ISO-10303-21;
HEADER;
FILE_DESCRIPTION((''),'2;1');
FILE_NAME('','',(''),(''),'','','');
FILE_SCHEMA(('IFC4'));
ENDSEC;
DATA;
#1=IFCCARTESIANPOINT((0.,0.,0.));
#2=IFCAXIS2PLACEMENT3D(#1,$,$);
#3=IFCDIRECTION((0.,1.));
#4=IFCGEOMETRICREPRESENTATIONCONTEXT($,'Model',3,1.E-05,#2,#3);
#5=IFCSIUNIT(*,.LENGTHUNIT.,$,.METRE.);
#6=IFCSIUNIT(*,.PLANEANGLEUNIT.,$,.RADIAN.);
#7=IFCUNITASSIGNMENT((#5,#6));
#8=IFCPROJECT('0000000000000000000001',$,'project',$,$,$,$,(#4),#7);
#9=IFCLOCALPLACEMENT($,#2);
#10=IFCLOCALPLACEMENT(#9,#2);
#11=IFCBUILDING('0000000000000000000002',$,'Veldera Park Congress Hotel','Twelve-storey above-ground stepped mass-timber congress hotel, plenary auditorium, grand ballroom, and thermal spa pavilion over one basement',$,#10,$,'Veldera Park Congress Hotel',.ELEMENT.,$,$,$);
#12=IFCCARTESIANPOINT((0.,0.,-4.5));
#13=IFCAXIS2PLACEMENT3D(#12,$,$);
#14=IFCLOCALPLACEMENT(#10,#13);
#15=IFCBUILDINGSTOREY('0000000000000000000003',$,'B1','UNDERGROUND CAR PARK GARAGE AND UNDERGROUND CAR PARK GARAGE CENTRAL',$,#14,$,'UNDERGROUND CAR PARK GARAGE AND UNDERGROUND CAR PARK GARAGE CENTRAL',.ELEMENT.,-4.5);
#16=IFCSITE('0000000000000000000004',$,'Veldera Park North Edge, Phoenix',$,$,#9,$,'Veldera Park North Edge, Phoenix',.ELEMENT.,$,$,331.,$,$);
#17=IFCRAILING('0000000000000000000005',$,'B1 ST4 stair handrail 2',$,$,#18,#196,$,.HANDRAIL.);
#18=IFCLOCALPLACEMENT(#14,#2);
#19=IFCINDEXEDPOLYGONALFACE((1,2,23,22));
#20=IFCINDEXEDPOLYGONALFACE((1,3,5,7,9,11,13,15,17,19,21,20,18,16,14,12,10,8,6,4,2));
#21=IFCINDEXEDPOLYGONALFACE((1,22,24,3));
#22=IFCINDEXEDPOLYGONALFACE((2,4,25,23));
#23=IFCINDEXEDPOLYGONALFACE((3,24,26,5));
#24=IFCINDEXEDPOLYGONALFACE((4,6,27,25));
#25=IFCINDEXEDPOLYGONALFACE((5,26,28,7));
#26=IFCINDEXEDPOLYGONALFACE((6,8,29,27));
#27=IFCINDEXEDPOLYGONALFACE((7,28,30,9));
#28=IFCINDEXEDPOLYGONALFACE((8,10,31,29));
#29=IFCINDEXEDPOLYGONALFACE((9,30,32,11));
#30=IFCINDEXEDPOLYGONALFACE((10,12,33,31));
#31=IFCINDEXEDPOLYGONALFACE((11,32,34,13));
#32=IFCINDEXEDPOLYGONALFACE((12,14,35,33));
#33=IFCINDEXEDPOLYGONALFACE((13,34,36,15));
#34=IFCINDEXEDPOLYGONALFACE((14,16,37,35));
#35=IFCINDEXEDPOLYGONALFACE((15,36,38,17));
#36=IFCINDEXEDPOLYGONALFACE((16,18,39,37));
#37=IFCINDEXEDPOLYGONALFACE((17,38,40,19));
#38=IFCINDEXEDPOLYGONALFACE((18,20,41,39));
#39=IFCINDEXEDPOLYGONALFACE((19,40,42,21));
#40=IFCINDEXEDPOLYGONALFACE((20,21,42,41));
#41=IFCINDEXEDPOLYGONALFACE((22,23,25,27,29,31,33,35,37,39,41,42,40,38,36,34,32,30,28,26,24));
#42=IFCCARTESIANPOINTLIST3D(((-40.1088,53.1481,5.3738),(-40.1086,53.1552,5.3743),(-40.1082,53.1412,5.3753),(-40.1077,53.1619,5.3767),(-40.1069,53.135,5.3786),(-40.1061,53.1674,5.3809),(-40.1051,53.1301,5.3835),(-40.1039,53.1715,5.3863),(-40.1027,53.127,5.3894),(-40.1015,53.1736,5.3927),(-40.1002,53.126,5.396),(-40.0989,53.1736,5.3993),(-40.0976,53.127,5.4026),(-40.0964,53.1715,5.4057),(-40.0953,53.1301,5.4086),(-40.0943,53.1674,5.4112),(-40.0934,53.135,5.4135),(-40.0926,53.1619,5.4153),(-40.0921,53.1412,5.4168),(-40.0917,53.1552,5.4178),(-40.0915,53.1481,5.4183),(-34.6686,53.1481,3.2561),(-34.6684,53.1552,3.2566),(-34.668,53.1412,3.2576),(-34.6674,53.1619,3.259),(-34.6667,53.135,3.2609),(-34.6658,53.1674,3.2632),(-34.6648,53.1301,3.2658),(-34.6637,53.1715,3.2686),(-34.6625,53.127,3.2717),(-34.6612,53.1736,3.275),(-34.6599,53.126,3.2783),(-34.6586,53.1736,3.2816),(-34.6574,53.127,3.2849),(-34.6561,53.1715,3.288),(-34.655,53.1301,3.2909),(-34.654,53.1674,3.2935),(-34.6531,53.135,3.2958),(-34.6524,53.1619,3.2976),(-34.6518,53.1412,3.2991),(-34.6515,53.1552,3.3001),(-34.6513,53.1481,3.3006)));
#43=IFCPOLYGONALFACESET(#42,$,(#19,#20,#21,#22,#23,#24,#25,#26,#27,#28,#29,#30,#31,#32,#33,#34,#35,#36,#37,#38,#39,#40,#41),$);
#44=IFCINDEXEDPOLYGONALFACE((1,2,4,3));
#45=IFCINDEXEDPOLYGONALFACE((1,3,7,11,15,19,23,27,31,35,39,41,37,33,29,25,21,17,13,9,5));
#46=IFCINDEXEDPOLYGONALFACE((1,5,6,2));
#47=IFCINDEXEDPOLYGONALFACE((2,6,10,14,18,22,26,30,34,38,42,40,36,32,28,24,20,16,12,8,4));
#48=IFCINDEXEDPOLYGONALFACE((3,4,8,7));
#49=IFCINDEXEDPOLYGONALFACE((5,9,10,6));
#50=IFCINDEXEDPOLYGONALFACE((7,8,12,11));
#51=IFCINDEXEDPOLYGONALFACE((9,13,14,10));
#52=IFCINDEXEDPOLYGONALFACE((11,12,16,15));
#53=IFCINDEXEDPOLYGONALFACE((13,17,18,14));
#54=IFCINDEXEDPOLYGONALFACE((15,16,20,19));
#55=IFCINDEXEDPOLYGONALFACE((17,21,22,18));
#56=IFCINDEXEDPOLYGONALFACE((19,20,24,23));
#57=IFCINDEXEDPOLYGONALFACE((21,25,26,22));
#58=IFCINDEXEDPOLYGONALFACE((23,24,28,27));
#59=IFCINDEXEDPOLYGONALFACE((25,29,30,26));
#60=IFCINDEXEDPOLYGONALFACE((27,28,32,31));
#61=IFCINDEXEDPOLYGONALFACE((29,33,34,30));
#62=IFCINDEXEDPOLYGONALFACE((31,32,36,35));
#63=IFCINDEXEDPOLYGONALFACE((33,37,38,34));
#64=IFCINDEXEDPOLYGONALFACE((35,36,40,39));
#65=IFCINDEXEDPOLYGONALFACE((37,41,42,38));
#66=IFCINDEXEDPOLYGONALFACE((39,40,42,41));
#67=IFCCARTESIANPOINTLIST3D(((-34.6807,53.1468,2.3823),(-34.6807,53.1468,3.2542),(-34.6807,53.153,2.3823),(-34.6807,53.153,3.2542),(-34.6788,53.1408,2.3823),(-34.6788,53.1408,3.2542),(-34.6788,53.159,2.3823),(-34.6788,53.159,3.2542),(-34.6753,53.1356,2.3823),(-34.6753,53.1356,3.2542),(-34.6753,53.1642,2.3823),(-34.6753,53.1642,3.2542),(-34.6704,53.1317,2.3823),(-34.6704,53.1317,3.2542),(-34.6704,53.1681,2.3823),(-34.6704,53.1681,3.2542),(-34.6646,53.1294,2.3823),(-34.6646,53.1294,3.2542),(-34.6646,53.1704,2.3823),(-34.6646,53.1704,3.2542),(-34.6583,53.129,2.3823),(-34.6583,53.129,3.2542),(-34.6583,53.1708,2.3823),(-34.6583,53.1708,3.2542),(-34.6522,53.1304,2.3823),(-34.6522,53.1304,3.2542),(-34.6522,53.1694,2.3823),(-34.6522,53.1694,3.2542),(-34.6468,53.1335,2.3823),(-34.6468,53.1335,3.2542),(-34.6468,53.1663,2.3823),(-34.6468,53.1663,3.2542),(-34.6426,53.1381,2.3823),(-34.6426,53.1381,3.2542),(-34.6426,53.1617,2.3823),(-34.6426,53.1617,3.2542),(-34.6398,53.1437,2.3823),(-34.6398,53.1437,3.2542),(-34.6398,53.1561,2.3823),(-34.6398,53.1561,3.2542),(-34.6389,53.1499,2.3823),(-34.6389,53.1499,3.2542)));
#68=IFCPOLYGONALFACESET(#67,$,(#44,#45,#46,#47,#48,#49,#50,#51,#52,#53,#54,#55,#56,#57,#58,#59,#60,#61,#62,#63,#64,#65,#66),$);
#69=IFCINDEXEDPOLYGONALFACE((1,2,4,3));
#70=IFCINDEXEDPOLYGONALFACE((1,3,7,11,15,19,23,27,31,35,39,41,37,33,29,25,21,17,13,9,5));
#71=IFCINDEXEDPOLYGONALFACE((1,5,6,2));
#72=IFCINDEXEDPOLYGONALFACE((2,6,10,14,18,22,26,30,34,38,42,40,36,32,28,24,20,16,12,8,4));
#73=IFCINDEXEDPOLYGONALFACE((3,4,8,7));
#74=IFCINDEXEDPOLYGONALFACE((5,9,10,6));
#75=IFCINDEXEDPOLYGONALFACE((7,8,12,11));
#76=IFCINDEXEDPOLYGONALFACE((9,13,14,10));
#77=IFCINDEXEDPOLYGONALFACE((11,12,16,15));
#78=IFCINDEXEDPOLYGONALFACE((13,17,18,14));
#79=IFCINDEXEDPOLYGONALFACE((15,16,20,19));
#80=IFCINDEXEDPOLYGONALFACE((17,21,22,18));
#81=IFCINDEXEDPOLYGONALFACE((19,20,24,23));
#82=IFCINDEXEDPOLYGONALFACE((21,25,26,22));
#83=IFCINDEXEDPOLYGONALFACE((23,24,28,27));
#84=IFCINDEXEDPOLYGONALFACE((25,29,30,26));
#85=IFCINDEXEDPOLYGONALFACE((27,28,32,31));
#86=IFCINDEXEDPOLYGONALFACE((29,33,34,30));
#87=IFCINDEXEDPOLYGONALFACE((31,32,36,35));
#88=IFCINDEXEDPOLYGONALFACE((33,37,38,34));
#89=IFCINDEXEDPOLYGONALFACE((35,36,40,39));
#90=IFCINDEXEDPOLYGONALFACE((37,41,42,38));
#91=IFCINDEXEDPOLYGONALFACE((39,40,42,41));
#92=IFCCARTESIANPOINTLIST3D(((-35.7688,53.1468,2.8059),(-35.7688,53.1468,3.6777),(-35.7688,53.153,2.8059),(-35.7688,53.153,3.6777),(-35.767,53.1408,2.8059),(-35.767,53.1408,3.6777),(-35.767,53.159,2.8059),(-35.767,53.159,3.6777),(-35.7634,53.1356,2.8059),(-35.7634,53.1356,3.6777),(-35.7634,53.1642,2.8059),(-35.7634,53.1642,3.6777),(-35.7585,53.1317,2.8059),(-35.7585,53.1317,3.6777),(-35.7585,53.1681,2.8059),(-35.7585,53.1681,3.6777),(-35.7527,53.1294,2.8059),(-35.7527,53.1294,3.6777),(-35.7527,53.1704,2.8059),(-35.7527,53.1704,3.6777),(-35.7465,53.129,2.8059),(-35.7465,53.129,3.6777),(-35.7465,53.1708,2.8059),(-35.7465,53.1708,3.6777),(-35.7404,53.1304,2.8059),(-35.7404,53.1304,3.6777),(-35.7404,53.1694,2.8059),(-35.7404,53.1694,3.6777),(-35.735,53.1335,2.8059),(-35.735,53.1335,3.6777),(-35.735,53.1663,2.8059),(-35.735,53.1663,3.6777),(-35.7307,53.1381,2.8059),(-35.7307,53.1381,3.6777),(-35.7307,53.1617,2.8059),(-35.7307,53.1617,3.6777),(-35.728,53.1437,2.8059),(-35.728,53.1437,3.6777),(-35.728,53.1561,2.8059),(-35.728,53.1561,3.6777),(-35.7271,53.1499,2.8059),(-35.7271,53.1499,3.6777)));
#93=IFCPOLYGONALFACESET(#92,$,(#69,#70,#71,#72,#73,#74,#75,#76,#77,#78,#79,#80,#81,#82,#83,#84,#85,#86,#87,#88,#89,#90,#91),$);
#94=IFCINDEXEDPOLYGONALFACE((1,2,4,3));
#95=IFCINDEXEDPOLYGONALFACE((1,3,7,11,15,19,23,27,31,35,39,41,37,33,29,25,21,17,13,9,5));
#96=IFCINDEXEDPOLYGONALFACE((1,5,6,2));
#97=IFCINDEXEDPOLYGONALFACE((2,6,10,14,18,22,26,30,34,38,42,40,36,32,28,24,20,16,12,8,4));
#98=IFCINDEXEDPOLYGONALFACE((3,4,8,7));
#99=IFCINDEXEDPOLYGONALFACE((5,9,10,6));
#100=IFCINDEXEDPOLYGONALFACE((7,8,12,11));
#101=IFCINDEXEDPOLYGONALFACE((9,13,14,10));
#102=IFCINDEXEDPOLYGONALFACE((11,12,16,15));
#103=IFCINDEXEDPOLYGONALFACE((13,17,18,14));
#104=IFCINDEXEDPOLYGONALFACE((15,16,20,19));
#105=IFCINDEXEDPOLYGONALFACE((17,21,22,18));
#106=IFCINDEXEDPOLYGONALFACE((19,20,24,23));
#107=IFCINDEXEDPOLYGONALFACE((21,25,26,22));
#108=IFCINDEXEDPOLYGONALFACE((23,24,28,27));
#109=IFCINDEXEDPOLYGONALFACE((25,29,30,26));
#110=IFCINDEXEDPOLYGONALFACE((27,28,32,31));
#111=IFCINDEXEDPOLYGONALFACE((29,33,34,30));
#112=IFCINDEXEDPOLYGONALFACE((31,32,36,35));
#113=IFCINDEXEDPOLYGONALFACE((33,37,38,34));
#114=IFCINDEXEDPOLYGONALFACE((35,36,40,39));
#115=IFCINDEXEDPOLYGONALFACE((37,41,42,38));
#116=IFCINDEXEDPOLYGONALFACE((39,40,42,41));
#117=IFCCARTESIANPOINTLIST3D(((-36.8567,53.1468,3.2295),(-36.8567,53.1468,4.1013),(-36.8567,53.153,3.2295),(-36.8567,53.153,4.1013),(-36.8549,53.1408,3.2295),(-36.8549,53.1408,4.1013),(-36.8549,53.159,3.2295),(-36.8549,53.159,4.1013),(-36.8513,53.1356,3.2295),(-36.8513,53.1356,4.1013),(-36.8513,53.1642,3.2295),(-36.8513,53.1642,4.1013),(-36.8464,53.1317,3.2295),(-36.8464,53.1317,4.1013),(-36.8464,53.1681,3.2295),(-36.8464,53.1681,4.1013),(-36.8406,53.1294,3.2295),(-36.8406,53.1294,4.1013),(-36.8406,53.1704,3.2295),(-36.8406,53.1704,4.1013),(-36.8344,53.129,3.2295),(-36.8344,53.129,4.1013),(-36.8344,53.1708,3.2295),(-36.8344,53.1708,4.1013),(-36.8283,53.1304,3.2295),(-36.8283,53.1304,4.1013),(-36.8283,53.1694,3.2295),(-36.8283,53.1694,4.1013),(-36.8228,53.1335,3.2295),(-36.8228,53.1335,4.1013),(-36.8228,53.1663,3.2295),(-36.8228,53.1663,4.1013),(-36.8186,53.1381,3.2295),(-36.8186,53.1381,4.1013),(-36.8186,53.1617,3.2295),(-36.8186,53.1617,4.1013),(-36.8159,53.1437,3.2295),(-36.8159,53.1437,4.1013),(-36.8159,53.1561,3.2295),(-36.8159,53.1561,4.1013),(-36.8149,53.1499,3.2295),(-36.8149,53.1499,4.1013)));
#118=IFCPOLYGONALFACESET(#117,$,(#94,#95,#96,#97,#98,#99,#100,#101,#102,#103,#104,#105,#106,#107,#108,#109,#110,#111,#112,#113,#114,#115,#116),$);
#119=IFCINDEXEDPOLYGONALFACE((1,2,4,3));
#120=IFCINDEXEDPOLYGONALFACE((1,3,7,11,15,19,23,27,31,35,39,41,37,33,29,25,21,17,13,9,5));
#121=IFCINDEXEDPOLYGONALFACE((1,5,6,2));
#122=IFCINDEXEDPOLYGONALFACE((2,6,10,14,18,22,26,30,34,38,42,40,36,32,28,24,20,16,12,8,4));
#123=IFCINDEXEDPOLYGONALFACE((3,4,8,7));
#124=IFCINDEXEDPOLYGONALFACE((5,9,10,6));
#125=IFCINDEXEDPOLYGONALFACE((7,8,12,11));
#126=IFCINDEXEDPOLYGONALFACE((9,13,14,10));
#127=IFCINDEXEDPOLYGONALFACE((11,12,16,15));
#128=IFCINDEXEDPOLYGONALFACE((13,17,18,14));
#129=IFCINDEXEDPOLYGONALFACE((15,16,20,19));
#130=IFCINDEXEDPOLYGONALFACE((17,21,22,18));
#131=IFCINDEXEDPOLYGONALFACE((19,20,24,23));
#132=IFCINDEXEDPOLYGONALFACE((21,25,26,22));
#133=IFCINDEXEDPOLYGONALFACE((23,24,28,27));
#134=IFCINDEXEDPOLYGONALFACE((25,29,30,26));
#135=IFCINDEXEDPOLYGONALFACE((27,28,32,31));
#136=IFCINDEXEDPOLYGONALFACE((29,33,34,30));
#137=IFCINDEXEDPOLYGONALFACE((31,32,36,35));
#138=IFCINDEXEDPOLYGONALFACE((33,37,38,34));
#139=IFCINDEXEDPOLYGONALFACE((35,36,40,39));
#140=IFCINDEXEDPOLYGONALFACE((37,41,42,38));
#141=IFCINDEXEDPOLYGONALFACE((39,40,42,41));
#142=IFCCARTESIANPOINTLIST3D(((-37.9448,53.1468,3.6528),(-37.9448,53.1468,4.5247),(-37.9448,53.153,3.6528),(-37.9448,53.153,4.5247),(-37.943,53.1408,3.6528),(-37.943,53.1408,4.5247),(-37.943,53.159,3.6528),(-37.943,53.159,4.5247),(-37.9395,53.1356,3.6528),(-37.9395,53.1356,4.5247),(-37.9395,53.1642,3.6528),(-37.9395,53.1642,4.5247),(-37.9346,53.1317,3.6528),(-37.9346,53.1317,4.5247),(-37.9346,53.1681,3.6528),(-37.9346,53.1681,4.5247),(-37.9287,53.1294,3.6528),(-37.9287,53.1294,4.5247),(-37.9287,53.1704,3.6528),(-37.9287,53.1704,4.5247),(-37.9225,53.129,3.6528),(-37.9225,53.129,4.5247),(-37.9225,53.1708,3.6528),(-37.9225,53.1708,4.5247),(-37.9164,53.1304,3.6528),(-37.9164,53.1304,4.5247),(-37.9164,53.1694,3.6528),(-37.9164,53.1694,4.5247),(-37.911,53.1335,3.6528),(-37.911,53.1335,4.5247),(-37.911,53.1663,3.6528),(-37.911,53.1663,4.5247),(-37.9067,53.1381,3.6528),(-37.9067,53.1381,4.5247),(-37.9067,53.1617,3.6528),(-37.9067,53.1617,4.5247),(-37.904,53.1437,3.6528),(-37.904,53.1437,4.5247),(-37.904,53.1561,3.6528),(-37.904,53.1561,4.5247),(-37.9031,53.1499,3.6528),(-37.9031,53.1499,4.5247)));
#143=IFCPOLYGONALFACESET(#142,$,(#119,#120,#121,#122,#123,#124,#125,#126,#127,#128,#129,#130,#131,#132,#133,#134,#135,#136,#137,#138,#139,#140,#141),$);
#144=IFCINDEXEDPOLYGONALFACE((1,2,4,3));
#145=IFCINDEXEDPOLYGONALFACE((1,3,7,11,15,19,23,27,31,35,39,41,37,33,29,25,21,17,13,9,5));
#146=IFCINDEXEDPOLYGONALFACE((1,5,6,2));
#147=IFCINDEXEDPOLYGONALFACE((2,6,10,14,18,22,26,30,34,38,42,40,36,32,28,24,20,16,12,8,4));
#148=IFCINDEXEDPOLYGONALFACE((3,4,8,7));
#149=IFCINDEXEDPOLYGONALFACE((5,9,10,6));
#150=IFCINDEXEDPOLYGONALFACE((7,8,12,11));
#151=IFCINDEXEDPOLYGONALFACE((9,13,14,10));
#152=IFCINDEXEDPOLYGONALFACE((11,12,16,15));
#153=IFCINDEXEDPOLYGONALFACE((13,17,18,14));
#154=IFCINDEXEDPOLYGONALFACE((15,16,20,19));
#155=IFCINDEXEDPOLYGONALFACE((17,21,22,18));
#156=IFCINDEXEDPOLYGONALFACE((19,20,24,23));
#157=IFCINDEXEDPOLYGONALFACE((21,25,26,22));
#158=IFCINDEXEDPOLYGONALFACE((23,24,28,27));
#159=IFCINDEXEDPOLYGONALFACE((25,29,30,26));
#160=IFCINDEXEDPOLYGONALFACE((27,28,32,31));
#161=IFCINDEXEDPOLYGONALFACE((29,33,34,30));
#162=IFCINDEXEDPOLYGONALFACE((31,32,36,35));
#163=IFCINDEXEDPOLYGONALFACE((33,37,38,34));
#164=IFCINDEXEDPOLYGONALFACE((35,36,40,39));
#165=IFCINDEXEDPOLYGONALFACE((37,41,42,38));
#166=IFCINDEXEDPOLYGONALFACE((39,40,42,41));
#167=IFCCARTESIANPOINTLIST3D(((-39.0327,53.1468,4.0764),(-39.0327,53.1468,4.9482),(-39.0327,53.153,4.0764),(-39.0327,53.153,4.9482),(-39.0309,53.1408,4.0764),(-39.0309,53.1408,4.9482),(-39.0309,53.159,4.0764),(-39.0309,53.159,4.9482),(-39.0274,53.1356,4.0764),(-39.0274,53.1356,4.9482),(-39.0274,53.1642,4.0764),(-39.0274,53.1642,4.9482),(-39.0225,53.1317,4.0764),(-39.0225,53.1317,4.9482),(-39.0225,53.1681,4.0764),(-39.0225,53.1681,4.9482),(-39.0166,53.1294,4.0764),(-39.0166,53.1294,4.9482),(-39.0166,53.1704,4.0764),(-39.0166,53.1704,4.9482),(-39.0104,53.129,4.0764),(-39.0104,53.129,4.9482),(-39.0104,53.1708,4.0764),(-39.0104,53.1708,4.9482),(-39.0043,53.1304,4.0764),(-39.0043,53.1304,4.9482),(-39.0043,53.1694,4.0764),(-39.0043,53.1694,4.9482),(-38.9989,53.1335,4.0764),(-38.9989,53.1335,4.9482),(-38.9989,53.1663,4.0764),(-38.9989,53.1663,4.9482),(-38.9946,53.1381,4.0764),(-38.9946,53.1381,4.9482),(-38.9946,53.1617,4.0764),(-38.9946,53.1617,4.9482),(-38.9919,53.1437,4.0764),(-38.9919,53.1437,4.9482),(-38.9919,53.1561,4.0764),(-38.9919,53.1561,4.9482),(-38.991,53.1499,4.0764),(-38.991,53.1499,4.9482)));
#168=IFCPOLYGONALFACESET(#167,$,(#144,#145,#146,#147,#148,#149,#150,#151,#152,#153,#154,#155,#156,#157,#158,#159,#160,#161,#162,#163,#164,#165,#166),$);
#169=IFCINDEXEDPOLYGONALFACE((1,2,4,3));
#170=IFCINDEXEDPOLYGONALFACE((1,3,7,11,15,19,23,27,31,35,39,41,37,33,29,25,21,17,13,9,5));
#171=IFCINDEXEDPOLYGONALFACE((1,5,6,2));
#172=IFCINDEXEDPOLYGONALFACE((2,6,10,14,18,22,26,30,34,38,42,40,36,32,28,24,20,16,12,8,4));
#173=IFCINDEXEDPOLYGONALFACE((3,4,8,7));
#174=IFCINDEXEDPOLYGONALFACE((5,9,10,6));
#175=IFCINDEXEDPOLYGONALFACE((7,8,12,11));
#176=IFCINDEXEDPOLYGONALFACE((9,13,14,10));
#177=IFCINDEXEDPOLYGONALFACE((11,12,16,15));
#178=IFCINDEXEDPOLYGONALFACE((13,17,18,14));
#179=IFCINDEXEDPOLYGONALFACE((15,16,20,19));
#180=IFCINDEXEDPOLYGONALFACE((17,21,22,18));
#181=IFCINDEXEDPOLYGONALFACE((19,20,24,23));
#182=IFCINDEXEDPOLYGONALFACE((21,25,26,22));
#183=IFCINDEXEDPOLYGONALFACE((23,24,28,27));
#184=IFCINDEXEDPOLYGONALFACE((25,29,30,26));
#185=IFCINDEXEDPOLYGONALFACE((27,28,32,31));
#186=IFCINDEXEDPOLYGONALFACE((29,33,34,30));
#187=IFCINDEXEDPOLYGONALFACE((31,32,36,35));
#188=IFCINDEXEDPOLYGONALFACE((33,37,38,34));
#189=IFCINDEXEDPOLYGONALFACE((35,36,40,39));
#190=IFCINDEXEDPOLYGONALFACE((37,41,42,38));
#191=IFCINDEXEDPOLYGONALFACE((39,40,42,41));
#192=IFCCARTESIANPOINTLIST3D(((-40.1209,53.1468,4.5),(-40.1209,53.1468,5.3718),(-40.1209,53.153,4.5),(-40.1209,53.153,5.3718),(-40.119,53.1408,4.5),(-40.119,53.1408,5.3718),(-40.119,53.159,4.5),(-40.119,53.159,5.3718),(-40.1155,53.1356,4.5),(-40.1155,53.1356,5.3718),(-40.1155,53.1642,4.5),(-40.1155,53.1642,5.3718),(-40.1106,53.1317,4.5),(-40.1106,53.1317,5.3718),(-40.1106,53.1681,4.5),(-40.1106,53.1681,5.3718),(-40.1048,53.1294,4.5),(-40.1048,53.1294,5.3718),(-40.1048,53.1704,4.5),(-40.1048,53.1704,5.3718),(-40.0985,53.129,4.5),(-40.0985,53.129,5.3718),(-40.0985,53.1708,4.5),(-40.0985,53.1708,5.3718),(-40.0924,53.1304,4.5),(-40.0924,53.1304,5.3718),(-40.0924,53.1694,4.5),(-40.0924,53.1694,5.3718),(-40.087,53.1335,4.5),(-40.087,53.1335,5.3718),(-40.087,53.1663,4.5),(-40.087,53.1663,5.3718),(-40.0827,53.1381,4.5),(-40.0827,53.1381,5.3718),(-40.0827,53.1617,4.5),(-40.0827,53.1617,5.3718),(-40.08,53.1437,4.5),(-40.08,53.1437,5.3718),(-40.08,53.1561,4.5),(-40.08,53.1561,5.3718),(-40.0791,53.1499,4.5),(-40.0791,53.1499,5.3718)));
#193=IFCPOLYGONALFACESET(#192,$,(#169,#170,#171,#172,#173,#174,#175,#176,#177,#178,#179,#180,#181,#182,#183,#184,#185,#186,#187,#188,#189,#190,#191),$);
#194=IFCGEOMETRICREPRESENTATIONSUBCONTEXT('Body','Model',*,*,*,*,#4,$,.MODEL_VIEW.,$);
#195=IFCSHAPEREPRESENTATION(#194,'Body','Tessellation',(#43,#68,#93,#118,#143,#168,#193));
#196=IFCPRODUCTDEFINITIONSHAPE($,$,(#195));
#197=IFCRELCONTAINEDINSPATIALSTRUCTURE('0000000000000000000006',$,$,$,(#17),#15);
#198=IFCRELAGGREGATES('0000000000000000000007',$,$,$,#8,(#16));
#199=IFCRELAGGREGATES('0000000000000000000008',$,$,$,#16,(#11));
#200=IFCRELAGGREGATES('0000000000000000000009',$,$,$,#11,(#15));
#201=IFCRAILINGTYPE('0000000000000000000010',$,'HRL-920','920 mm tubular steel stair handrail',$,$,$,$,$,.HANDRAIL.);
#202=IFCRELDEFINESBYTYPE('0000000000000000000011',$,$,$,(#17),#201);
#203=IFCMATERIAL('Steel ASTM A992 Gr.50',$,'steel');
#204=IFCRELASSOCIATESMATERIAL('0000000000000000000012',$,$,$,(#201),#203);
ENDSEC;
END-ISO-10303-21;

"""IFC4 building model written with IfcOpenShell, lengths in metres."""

from ifc_helpers import new_model, si_unit, direction, frame, origin, origin_2d, place, context, subcontext, project, spatial, circle, extrude, material, type_object, element, save


model = new_model("IFC4")

# Units and contexts
model_context = context("Model", 3, precision=1e-05, world=origin(), true_north=direction((0.0, 1.0)))
body_context = subcontext(model_context, "Body", "Model", "MODEL_VIEW")
ifc_project = project(units=[si_unit("LENGTHUNIT", "METRE"), si_unit("PLANEANGLEUNIT", "RADIAN")], contexts=[model_context])

# Site, building, storey
site_placement = place(None, origin())
site = spatial("IfcSite", under=ifc_project, at=site_placement, Name="Veldera Park North Edge, Phoenix", LongName="Veldera Park North Edge, Phoenix", CompositionType="ELEMENT", RefElevation=331.0)
building_placement = place(site_placement, origin())
building = spatial("IfcBuilding", under=site, at=building_placement, Name="Veldera Park Congress Hotel", Description="Twelve-storey above-ground stepped mass-timber congress hotel, plenary auditorium, grand ballroom, and thermal spa pavilion over one basement", LongName="Veldera Park Congress Hotel", CompositionType="ELEMENT")
storey_placement = place(building_placement, frame((0.0, 0.0, -4.5)))
storey = spatial("IfcBuildingStorey", under=building, at=storey_placement, Name="B1", Description="UNDERGROUND CAR PARK GARAGE AND UNDERGROUND CAR PARK GARAGE CENTRAL", LongName="UNDERGROUND CAR PARK GARAGE AND UNDERGROUND CAR PARK GARAGE CENTRAL", CompositionType="ELEMENT", Elevation=-4.5)

# Railing
ifc_material_1 = material(Name="Steel ASTM A992 Gr.50", Category="steel")
railing_type_1 = type_object("IfcRailingType", Name="HRL-920", Description="920 mm tubular steel stair handrail", PredefinedType="HANDRAIL", material=ifc_material_1)
railing_1_placement = place(storey_placement, frame((-34.6599, 53.1499, 2.3823)))
element("IfcRailing", 1, at=railing_1_placement, inside=storey, type_object=railing_type_1, Name="B1 ST4 stair handrail 2", PredefinedType="HANDRAIL", context=body_context, shape_type="SweptSolid", body=[
    extrude(circle(Radius=0.0239, at=origin_2d()), frame((0.0, 0.0, 0.896), z_axis=(-0.931886, 0.0, 0.362751), x_axis=(0.0, -1.0, 0.0)), (0.0, 0.0, 1.0), 5.8379),
    extrude(circle(Radius=0.021, at=origin_2d()), origin(), (0.0, 0.0, 1.0), 0.8718),
    extrude(circle(Radius=0.021, at=origin_2d()), frame((-1.0881, 0.0, 0.4236)), (0.0, 0.0, 1.0), 0.8718),
    extrude(circle(Radius=0.021, at=origin_2d()), frame((-2.176, 0.0, 0.8472)), (0.0, 0.0, 1.0), 0.8718),
    extrude(circle(Radius=0.021, at=origin_2d()), frame((-3.2642, 0.0, 1.2705)), (0.0, 0.0, 1.0), 0.8718),
    extrude(circle(Radius=0.021, at=origin_2d()), frame((-4.3521, 0.0, 1.6941)), (0.0, 0.0, 1.0), 0.8718),
    extrude(circle(Radius=0.021, at=origin_2d()), frame((-5.4402, 0.0, 2.1177)), (0.0, 0.0, 1.0), 0.8718),
])

save(model, "model.ifc")
